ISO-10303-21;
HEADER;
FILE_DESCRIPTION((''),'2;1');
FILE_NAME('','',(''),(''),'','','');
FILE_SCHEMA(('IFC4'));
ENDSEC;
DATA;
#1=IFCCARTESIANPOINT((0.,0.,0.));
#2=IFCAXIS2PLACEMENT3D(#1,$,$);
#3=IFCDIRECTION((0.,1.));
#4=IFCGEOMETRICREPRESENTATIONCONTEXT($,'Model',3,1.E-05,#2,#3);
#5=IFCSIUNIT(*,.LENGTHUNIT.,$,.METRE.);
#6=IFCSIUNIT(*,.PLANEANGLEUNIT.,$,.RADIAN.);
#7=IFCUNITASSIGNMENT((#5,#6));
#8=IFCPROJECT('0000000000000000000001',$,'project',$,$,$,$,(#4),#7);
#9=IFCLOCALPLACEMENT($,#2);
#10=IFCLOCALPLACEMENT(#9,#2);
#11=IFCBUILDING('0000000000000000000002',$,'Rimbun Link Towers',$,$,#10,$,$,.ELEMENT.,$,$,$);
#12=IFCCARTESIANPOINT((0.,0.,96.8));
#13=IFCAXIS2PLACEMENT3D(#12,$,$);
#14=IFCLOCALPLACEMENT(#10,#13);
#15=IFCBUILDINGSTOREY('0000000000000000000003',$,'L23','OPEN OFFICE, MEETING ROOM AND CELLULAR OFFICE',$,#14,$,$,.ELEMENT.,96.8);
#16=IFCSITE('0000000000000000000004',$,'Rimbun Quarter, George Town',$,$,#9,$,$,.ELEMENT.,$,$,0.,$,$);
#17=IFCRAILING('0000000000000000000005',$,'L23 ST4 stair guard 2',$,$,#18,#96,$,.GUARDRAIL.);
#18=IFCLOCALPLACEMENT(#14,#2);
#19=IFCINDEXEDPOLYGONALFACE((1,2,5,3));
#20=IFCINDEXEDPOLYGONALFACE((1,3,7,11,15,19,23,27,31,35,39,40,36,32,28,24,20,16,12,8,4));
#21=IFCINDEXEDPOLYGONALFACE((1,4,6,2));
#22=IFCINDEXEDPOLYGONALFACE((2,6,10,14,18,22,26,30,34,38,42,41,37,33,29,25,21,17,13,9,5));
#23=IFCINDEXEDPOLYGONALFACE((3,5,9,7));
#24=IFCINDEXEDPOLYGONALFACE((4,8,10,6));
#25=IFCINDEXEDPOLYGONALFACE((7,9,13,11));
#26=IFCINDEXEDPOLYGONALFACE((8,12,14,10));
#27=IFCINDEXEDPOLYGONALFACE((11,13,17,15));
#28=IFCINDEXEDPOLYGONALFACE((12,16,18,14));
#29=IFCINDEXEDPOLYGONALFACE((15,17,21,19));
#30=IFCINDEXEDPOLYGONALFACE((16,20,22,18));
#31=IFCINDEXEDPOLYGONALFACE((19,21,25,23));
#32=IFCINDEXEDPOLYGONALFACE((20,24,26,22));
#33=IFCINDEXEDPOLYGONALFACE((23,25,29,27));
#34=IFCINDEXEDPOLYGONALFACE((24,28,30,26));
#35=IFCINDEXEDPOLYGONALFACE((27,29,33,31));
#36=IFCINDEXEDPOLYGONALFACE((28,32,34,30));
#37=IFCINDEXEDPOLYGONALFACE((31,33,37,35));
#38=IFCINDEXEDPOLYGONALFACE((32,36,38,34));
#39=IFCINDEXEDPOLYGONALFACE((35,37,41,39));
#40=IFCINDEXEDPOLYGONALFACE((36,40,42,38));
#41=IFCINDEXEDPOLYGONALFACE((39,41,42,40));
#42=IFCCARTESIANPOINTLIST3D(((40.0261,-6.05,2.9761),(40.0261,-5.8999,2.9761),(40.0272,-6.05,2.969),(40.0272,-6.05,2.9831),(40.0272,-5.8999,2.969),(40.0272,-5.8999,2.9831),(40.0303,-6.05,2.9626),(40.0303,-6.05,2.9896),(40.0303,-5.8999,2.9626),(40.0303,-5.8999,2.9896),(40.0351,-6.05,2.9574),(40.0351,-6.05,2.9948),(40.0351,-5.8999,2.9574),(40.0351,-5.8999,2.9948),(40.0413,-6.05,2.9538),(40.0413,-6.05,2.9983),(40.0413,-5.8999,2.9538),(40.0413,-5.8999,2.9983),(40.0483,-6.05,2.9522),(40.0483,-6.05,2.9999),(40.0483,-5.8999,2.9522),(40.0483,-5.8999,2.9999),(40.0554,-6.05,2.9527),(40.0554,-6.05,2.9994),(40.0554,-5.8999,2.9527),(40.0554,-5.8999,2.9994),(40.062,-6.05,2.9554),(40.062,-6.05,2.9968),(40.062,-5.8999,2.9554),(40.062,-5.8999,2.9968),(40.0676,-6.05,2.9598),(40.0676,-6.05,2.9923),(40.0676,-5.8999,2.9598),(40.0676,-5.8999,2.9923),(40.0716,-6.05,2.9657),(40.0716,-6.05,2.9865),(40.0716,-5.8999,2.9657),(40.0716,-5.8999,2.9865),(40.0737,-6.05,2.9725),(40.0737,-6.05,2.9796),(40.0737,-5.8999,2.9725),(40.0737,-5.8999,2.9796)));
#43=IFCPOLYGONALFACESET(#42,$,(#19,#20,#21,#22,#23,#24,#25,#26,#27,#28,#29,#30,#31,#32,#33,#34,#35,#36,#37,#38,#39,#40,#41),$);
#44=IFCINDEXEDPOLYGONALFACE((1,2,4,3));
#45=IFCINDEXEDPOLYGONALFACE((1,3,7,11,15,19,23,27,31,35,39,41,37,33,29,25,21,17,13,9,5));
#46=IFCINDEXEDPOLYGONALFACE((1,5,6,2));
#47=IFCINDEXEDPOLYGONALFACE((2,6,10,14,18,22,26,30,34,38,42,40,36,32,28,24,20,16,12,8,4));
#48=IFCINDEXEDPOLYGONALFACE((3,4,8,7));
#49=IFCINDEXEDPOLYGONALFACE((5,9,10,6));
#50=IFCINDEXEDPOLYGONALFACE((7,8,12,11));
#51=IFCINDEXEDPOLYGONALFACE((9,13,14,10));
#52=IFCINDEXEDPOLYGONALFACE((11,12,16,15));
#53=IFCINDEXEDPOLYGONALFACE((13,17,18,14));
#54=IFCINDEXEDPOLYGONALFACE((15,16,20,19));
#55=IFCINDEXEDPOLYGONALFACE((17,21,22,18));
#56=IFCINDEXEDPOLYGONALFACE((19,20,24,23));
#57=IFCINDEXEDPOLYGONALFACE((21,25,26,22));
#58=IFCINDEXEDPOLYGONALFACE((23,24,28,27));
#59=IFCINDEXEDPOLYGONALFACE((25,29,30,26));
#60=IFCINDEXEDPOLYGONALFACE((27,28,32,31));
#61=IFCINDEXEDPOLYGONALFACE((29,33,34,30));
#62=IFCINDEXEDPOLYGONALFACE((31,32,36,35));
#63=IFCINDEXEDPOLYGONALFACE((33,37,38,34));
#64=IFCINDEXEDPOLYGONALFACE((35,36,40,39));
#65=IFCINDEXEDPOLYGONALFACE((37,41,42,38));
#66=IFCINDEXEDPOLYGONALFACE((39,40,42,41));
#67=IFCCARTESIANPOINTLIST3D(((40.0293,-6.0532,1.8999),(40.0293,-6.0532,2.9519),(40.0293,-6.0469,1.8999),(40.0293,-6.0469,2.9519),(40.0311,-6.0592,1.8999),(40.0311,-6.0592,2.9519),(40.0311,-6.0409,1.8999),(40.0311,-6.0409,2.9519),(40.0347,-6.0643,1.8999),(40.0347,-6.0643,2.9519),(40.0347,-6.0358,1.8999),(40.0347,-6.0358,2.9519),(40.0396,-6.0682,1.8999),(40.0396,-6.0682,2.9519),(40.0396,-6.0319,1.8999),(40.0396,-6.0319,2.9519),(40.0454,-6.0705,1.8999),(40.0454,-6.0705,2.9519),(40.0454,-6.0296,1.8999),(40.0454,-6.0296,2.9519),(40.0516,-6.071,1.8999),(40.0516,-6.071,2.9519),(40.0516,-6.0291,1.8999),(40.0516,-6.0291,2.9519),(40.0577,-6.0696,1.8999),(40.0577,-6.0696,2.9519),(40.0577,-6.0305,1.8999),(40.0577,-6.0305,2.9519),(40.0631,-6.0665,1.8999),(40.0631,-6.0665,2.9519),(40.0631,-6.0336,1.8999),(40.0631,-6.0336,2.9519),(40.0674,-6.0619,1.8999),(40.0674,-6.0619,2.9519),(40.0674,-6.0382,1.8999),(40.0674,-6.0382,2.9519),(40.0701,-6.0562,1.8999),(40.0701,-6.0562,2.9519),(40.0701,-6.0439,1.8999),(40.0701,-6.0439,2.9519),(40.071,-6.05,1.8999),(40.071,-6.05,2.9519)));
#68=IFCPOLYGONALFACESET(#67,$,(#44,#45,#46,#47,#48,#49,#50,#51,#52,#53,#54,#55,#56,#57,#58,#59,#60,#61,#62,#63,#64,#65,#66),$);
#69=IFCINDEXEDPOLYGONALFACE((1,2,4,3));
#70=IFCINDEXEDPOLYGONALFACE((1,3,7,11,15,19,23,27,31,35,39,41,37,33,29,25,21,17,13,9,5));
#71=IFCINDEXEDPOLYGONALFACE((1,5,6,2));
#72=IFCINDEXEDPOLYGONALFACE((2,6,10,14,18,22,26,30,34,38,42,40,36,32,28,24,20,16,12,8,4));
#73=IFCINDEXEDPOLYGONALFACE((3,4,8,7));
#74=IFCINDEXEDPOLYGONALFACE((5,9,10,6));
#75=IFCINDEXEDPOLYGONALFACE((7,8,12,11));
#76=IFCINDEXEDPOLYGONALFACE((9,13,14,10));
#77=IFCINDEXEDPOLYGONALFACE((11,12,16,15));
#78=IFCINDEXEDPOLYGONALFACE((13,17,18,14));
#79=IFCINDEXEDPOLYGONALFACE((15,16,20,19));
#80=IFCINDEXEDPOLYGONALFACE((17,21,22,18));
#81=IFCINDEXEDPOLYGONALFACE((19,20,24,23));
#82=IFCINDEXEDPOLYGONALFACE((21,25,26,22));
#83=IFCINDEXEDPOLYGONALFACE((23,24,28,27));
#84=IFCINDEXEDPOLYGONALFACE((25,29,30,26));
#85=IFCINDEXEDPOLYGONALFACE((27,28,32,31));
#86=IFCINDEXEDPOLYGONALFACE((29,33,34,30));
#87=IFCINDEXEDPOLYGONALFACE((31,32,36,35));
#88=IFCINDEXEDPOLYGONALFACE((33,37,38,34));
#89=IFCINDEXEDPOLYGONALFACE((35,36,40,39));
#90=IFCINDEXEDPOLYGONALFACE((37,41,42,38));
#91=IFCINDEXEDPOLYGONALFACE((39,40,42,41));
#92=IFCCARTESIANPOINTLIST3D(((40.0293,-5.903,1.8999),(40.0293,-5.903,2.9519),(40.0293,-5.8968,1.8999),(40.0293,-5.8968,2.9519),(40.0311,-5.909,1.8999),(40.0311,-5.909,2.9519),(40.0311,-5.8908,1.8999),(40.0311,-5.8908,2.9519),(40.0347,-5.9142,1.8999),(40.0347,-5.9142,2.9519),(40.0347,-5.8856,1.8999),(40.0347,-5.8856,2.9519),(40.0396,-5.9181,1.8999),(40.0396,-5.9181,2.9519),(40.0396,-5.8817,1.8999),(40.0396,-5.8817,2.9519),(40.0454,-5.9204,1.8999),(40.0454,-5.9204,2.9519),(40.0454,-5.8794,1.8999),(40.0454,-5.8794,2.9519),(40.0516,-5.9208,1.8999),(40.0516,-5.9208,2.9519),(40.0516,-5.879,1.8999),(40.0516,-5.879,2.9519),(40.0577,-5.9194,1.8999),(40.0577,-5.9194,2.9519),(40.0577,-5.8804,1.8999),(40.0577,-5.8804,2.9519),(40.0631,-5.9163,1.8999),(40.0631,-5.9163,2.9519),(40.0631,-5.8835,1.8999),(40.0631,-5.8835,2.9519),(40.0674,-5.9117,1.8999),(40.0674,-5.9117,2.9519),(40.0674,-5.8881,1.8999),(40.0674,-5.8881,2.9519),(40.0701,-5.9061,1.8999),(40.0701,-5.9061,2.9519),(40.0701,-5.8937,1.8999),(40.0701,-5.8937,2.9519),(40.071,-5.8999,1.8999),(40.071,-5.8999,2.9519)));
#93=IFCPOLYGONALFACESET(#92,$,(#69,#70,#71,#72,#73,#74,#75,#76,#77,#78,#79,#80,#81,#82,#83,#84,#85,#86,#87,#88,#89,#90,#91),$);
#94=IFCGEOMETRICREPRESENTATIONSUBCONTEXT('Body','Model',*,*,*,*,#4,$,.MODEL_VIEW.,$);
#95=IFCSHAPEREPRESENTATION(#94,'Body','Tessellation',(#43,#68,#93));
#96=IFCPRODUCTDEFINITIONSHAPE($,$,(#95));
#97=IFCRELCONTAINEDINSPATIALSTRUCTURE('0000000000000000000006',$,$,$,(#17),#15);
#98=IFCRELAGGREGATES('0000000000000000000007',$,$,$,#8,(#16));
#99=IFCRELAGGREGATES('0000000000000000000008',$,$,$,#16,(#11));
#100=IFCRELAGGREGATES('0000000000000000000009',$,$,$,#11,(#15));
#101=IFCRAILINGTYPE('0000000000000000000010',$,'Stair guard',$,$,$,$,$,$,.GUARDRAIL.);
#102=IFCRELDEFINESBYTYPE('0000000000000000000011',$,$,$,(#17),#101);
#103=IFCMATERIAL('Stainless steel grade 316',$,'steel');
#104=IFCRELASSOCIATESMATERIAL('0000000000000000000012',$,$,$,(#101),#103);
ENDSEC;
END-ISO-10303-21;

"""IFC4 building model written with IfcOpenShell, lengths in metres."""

from ifc_helpers import new_model, si_unit, direction, frame, origin, origin_2d, place, context, subcontext, project, spatial, circle, extrude, material, type_object, element, save


model = new_model("IFC4")

# Units and contexts
model_context = context("Model", 3, precision=1e-05, world=origin(), true_north=direction((0.0, 1.0)))
body_context = subcontext(model_context, "Body", "Model", "MODEL_VIEW")
ifc_project = project(units=[si_unit("LENGTHUNIT", "METRE"), si_unit("PLANEANGLEUNIT", "RADIAN")], contexts=[model_context])

# Site, building, storey
site_placement = place(None, origin())
site = spatial("IfcSite", under=ifc_project, at=site_placement, Name="Rimbun Quarter, George Town", CompositionType="ELEMENT", RefElevation=0.0)
building_placement = place(site_placement, origin())
building = spatial("IfcBuilding", under=site, at=building_placement, Name="Rimbun Link Towers", CompositionType="ELEMENT")
storey_placement = place(building_placement, frame((0.0, 0.0, 96.8)))
storey = spatial("IfcBuildingStorey", under=building, at=storey_placement, Name="L23", Description="OPEN OFFICE, MEETING ROOM AND CELLULAR OFFICE", CompositionType="ELEMENT", Elevation=96.8)

# Railing
ifc_material_1 = material(Name="Stainless steel grade 316", Category="steel")
railing_type_1 = type_object("IfcRailingType", Name="Stair guard", PredefinedType="GUARDRAIL", material=ifc_material_1)
railing_1_placement = place(storey_placement, frame((40.05, -6.05, 1.8999)))
element("IfcRailing", 1, at=railing_1_placement, inside=storey, type_object=railing_type_1, Name="L23 ST4 stair guard 2", PredefinedType="GUARDRAIL", context=body_context, shape_type="SweptSolid", body=[
    extrude(circle(Radius=0.0239, at=origin_2d()), frame((0.0, 0.0, 1.0762), z_axis=(0.0, 1.0, 0.0), x_axis=(-1.0, 0.0, 0.0)), (0.0, 0.0, 1.0), 0.1501),
    extrude(circle(Radius=0.021, at=origin_2d()), origin(), (0.0, 0.0, 1.0), 1.052),
    extrude(circle(Radius=0.021, at=origin_2d()), frame((0.0, 0.1501, 0.0)), (0.0, 0.0, 1.0), 1.052),
])

save(model, "model.ifc")
